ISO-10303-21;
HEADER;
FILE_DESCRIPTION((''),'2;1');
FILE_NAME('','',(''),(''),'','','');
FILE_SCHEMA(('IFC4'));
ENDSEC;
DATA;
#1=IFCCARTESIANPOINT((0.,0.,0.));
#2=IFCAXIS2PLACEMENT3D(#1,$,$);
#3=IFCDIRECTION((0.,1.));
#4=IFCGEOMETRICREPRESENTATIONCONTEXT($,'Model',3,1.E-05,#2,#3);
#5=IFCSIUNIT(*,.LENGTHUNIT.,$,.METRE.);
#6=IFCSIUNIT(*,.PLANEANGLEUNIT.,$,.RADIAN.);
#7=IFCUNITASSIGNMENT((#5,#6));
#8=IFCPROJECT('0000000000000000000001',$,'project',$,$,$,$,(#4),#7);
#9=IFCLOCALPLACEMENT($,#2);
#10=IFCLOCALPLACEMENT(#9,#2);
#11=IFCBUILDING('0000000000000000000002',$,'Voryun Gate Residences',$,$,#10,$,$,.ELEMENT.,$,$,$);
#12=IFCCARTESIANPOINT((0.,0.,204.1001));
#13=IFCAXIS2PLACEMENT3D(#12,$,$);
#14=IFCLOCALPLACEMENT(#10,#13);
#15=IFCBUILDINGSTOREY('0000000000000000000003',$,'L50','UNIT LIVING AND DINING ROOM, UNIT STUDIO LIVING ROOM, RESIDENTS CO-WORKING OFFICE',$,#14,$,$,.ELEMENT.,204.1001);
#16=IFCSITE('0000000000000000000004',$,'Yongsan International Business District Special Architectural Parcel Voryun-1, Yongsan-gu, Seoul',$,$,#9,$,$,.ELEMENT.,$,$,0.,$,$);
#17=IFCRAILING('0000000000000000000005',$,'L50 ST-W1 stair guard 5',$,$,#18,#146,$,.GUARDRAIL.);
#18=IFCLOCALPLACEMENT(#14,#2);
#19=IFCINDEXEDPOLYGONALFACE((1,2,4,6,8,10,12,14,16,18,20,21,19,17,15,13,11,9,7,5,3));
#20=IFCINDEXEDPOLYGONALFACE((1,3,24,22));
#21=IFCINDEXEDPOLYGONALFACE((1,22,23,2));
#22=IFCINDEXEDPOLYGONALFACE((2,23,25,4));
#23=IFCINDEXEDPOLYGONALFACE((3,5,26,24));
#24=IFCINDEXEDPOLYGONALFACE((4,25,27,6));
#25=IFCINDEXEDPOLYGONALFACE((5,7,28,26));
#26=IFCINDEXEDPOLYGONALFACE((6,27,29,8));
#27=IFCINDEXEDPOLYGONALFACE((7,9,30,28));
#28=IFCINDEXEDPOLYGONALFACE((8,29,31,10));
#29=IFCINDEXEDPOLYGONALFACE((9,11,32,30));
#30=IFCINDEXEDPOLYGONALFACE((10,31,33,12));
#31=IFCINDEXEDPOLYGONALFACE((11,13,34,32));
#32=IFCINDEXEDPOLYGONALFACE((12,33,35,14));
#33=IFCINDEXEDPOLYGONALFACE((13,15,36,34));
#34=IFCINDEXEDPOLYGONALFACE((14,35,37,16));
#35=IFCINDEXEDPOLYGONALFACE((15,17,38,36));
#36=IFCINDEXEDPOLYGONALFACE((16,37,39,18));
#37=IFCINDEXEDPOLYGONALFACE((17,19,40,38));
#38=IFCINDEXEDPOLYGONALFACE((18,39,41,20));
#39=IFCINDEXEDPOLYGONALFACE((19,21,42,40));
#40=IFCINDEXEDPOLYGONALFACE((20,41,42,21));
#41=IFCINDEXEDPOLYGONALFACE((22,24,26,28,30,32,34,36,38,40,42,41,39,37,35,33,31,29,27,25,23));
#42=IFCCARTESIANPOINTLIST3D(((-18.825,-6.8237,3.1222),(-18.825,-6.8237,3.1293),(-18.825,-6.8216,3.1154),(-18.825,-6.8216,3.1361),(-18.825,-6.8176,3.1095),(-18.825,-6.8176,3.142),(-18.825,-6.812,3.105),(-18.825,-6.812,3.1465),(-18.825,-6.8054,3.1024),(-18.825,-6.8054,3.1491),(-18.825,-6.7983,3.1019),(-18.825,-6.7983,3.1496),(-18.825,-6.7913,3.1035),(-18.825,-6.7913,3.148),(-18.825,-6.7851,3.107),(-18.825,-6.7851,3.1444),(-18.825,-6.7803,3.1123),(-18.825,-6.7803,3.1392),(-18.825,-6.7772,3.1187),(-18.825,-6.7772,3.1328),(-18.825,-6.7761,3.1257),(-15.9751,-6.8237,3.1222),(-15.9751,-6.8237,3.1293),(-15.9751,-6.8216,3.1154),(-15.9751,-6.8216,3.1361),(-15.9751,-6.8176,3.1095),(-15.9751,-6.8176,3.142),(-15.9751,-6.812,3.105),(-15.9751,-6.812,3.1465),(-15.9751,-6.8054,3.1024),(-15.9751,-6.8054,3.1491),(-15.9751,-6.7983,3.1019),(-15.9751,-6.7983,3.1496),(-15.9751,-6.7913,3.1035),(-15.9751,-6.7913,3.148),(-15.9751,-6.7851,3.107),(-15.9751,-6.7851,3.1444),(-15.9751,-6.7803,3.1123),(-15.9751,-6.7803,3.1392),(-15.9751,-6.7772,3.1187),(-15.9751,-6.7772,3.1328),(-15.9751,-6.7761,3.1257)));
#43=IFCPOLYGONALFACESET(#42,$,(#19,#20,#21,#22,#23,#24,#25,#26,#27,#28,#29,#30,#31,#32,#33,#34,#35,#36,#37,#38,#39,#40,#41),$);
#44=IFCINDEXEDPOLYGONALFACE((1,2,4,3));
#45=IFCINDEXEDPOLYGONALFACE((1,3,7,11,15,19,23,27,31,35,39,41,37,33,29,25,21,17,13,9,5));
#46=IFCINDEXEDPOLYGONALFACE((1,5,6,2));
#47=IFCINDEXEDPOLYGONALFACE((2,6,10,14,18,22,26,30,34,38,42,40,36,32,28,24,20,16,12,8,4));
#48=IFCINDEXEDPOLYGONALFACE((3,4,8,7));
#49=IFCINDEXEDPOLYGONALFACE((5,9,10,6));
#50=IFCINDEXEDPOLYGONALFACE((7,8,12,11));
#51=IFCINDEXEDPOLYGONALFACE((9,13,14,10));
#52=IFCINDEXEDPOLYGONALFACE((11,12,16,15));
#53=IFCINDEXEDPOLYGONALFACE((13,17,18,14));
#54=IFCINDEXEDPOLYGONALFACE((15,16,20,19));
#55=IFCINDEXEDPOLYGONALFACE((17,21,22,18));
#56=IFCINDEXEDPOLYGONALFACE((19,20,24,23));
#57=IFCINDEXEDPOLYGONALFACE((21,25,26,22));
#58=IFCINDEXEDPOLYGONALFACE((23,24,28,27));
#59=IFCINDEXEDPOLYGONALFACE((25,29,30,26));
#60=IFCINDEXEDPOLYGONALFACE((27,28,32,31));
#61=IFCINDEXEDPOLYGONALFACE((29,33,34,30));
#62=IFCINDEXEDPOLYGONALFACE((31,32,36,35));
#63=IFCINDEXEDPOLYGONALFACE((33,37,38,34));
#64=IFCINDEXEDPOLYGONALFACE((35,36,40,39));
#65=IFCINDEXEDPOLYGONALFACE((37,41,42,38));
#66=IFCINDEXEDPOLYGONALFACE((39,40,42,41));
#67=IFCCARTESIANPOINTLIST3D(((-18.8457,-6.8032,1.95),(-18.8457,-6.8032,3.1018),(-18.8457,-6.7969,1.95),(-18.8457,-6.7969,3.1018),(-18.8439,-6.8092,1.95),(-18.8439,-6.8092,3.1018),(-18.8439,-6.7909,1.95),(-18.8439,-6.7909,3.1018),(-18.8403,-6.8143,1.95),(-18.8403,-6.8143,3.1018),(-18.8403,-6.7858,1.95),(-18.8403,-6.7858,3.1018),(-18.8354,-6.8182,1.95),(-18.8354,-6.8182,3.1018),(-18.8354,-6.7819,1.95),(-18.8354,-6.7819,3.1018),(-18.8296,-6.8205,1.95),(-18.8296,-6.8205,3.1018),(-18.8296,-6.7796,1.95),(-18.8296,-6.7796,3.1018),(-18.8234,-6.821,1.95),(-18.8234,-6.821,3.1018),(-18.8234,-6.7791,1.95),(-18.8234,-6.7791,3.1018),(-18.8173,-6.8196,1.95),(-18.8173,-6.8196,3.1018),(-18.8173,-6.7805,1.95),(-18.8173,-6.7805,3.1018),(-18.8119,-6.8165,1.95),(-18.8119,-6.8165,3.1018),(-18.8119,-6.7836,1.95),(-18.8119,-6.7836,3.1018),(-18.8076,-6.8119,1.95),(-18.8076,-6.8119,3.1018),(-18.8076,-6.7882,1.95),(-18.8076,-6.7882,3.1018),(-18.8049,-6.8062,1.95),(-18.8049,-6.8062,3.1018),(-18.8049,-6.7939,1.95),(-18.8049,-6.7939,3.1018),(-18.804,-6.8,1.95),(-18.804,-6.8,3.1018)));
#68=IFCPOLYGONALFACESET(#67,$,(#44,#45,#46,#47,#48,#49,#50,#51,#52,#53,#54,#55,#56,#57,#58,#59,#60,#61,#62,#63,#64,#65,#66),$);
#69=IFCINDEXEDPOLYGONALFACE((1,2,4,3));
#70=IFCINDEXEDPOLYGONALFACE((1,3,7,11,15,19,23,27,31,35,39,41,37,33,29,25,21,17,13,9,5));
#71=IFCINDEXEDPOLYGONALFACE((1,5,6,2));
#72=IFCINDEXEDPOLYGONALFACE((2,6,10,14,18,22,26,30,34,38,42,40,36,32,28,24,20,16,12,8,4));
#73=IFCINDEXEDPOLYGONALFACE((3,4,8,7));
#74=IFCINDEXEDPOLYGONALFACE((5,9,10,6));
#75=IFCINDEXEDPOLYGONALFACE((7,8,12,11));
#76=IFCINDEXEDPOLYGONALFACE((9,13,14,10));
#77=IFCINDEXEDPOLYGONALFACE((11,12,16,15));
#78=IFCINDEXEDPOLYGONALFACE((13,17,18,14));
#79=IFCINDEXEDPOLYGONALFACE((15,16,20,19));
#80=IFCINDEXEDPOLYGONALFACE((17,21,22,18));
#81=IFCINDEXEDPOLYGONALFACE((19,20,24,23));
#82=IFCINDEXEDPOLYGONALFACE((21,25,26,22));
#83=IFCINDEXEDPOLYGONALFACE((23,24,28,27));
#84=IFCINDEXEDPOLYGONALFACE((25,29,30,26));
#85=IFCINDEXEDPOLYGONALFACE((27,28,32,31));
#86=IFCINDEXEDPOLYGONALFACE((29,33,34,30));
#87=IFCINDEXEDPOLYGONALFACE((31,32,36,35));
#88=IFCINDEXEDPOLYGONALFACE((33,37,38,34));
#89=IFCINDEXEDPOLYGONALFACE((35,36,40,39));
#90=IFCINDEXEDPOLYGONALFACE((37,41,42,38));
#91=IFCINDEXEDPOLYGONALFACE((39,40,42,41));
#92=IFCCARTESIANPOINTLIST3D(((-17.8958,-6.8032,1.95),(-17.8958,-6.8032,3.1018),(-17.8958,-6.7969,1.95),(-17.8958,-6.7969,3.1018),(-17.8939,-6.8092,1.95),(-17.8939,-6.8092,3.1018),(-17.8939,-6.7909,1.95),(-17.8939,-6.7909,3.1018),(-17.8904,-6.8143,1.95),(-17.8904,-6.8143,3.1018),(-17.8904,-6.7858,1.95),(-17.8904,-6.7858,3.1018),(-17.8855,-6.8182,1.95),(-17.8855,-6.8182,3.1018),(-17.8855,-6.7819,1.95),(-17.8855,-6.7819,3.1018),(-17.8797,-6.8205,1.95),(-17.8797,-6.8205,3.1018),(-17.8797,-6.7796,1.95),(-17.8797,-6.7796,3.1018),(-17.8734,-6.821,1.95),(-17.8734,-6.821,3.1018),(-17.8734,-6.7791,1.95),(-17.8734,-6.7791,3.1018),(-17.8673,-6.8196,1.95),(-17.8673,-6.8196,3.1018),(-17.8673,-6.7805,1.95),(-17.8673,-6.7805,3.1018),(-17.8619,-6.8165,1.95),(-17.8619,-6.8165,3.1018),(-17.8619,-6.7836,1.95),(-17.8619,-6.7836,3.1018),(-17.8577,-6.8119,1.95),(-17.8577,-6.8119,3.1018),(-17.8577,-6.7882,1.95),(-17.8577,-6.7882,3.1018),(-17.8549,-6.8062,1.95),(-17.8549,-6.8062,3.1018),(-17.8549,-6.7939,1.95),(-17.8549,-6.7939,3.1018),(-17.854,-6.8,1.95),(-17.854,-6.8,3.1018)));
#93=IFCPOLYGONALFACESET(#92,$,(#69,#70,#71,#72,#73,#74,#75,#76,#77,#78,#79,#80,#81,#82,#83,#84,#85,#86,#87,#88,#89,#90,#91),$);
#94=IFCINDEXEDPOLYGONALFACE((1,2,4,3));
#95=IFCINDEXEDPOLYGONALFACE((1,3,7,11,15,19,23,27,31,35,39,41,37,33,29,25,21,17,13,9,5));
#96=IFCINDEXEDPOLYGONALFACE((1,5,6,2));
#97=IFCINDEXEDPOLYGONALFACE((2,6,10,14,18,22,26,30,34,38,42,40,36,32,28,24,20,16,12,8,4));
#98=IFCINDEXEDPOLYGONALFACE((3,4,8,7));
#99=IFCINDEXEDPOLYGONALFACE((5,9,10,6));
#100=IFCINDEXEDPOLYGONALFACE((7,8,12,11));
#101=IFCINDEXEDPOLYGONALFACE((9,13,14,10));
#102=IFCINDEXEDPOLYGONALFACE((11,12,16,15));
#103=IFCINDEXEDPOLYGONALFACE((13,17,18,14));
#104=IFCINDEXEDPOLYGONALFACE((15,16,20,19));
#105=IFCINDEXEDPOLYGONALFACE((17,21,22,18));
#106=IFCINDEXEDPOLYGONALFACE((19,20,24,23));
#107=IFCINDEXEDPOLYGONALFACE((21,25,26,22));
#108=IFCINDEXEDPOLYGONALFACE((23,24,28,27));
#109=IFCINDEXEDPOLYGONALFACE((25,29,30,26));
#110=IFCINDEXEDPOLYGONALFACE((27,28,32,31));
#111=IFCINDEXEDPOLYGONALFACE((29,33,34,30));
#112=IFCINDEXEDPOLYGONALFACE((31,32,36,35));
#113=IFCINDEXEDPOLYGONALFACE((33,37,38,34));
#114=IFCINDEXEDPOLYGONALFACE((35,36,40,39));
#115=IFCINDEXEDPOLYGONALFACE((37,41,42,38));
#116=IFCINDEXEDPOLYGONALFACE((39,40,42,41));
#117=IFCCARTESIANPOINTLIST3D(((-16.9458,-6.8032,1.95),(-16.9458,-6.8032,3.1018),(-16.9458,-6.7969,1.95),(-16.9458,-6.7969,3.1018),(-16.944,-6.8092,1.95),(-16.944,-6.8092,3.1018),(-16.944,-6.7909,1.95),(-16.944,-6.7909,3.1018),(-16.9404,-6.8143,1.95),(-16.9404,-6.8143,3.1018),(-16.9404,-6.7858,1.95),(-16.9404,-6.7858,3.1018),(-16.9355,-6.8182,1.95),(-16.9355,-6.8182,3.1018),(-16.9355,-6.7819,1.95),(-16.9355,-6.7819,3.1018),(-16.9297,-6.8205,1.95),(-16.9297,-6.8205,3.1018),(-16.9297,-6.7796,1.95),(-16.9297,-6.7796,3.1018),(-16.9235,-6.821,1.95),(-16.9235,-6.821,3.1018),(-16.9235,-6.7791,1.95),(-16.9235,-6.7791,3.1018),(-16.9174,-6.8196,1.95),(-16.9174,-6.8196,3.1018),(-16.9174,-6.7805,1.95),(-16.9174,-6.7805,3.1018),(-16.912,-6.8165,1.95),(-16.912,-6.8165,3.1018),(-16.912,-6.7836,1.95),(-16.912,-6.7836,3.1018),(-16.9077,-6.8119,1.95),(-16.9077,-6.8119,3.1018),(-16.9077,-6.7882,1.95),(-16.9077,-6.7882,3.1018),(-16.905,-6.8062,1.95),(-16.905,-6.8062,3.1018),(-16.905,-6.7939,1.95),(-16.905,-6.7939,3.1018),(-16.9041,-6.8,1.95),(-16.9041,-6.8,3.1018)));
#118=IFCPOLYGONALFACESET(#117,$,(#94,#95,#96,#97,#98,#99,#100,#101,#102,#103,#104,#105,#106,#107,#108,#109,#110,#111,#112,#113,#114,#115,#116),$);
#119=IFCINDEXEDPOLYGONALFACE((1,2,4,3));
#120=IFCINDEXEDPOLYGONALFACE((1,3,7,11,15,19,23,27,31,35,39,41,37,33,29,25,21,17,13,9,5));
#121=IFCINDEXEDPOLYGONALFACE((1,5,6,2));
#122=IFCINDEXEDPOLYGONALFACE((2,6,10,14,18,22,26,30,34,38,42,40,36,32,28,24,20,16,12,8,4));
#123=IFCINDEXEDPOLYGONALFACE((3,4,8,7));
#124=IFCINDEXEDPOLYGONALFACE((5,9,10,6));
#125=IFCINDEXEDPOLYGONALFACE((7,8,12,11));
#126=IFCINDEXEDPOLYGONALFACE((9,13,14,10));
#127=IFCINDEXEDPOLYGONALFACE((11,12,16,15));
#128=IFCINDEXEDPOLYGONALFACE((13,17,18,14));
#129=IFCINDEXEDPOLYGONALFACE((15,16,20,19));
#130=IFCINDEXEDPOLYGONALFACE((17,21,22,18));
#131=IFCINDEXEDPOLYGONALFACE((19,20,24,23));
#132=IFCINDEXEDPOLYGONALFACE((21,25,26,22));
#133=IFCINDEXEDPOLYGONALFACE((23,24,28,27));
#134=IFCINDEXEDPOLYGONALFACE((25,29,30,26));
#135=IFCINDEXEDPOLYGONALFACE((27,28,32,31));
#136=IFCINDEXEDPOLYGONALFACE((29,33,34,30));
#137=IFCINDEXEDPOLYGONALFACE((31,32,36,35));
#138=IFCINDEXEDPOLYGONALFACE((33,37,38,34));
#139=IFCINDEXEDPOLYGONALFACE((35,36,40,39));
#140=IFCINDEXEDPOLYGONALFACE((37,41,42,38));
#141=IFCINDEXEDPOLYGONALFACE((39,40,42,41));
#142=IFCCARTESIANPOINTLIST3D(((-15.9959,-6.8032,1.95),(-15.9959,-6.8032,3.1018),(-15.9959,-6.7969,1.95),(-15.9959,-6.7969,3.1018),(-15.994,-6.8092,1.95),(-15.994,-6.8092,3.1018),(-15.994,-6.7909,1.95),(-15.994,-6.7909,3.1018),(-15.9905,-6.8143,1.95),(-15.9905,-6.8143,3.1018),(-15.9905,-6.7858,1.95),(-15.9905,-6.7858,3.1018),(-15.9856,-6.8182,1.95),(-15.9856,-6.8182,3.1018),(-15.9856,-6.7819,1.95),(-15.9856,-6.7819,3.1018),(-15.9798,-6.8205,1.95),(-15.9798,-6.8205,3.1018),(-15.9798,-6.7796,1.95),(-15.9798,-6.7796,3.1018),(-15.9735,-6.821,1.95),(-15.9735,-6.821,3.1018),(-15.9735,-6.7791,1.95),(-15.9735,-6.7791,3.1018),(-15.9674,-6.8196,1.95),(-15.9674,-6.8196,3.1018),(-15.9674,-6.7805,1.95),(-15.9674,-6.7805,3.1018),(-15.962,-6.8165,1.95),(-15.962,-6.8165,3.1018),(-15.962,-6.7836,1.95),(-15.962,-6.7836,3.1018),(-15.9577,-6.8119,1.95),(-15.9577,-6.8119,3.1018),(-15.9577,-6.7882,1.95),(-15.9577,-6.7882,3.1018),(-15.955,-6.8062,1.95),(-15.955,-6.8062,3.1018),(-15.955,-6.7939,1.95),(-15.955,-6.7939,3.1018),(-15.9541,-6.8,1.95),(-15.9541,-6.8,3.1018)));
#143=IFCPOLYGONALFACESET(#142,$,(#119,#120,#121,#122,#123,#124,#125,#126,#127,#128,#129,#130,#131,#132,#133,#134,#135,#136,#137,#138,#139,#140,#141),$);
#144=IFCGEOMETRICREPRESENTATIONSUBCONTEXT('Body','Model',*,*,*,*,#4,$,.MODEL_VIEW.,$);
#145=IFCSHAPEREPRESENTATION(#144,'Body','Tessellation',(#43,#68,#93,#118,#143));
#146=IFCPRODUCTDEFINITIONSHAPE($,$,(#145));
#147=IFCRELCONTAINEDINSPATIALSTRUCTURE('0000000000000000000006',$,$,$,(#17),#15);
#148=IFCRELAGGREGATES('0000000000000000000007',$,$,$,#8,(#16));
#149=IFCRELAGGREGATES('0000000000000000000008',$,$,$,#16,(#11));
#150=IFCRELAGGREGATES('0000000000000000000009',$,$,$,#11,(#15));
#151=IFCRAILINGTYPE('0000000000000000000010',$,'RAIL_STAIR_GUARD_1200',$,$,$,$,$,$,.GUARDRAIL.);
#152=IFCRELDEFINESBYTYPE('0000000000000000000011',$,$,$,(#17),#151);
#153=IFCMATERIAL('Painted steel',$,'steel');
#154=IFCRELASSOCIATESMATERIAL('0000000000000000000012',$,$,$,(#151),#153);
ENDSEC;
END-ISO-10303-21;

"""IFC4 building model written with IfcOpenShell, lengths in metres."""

from ifc_helpers import new_model, si_unit, direction, frame, origin, origin_2d, place, context, subcontext, project, spatial, circle, extrude, material, type_object, element, save


model = new_model("IFC4")

# Units and contexts
model_context = context("Model", 3, precision=1e-05, world=origin(), true_north=direction((0.0, 1.0)))
body_context = subcontext(model_context, "Body", "Model", "MODEL_VIEW")
ifc_project = project(units=[si_unit("LENGTHUNIT", "METRE"), si_unit("PLANEANGLEUNIT", "RADIAN")], contexts=[model_context])

# Site, building, storey
site_placement = place(None, origin())
site = spatial("IfcSite", under=ifc_project, at=site_placement, Name="Yongsan International Business District Special Architectural Parcel Voryun-1, Yongsan-gu, Seoul", CompositionType="ELEMENT", RefElevation=0.0)
building_placement = place(site_placement, origin())
building = spatial("IfcBuilding", under=site, at=building_placement, Name="Voryun Gate Residences", CompositionType="ELEMENT")
storey_placement = place(building_placement, frame((0.0, 0.0, 204.1001)))
storey = spatial("IfcBuildingStorey", under=building, at=storey_placement, Name="L50", Description="UNIT LIVING AND DINING ROOM, UNIT STUDIO LIVING ROOM, RESIDENTS CO-WORKING OFFICE", CompositionType="ELEMENT", Elevation=204.1001)

# Railing
ifc_material_1 = material(Name="Painted steel", Category="steel")
railing_type = type_object("IfcRailingType", Name="RAIL_STAIR_GUARD_1200", PredefinedType="GUARDRAIL", material=ifc_material_1)
railing_1_placement = place(storey_placement, frame((-18.825, -6.8, 1.95)))
element("IfcRailing", 1, at=railing_1_placement, inside=storey, type_object=railing_type, Name="L50 ST-W1 stair guard 5", PredefinedType="GUARDRAIL", context=body_context, shape_type="SweptSolid", body=[
    extrude(circle(Radius=0.0239, at=origin_2d()), frame((0.0, 0.0, 1.1758), z_axis=(1.0, 0.0, 0.0), x_axis=(0.0, 1.0, 0.0)), (0.0, 0.0, 1.0), 2.8499),
    extrude(circle(Radius=0.021, at=origin_2d()), origin(), (0.0, 0.0, 1.0), 1.1519),
    extrude(circle(Radius=0.021, at=origin_2d()), frame((0.95, 0.0, 0.0)), (0.0, 0.0, 1.0), 1.1519),
    extrude(circle(Radius=0.021, at=origin_2d()), frame((1.8999, 0.0, 0.0)), (0.0, 0.0, 1.0), 1.1519),
    extrude(circle(Radius=0.021, at=origin_2d()), frame((2.8499, 0.0, 0.0)), (0.0, 0.0, 1.0), 1.1519),
])

save(model, "model.ifc")
